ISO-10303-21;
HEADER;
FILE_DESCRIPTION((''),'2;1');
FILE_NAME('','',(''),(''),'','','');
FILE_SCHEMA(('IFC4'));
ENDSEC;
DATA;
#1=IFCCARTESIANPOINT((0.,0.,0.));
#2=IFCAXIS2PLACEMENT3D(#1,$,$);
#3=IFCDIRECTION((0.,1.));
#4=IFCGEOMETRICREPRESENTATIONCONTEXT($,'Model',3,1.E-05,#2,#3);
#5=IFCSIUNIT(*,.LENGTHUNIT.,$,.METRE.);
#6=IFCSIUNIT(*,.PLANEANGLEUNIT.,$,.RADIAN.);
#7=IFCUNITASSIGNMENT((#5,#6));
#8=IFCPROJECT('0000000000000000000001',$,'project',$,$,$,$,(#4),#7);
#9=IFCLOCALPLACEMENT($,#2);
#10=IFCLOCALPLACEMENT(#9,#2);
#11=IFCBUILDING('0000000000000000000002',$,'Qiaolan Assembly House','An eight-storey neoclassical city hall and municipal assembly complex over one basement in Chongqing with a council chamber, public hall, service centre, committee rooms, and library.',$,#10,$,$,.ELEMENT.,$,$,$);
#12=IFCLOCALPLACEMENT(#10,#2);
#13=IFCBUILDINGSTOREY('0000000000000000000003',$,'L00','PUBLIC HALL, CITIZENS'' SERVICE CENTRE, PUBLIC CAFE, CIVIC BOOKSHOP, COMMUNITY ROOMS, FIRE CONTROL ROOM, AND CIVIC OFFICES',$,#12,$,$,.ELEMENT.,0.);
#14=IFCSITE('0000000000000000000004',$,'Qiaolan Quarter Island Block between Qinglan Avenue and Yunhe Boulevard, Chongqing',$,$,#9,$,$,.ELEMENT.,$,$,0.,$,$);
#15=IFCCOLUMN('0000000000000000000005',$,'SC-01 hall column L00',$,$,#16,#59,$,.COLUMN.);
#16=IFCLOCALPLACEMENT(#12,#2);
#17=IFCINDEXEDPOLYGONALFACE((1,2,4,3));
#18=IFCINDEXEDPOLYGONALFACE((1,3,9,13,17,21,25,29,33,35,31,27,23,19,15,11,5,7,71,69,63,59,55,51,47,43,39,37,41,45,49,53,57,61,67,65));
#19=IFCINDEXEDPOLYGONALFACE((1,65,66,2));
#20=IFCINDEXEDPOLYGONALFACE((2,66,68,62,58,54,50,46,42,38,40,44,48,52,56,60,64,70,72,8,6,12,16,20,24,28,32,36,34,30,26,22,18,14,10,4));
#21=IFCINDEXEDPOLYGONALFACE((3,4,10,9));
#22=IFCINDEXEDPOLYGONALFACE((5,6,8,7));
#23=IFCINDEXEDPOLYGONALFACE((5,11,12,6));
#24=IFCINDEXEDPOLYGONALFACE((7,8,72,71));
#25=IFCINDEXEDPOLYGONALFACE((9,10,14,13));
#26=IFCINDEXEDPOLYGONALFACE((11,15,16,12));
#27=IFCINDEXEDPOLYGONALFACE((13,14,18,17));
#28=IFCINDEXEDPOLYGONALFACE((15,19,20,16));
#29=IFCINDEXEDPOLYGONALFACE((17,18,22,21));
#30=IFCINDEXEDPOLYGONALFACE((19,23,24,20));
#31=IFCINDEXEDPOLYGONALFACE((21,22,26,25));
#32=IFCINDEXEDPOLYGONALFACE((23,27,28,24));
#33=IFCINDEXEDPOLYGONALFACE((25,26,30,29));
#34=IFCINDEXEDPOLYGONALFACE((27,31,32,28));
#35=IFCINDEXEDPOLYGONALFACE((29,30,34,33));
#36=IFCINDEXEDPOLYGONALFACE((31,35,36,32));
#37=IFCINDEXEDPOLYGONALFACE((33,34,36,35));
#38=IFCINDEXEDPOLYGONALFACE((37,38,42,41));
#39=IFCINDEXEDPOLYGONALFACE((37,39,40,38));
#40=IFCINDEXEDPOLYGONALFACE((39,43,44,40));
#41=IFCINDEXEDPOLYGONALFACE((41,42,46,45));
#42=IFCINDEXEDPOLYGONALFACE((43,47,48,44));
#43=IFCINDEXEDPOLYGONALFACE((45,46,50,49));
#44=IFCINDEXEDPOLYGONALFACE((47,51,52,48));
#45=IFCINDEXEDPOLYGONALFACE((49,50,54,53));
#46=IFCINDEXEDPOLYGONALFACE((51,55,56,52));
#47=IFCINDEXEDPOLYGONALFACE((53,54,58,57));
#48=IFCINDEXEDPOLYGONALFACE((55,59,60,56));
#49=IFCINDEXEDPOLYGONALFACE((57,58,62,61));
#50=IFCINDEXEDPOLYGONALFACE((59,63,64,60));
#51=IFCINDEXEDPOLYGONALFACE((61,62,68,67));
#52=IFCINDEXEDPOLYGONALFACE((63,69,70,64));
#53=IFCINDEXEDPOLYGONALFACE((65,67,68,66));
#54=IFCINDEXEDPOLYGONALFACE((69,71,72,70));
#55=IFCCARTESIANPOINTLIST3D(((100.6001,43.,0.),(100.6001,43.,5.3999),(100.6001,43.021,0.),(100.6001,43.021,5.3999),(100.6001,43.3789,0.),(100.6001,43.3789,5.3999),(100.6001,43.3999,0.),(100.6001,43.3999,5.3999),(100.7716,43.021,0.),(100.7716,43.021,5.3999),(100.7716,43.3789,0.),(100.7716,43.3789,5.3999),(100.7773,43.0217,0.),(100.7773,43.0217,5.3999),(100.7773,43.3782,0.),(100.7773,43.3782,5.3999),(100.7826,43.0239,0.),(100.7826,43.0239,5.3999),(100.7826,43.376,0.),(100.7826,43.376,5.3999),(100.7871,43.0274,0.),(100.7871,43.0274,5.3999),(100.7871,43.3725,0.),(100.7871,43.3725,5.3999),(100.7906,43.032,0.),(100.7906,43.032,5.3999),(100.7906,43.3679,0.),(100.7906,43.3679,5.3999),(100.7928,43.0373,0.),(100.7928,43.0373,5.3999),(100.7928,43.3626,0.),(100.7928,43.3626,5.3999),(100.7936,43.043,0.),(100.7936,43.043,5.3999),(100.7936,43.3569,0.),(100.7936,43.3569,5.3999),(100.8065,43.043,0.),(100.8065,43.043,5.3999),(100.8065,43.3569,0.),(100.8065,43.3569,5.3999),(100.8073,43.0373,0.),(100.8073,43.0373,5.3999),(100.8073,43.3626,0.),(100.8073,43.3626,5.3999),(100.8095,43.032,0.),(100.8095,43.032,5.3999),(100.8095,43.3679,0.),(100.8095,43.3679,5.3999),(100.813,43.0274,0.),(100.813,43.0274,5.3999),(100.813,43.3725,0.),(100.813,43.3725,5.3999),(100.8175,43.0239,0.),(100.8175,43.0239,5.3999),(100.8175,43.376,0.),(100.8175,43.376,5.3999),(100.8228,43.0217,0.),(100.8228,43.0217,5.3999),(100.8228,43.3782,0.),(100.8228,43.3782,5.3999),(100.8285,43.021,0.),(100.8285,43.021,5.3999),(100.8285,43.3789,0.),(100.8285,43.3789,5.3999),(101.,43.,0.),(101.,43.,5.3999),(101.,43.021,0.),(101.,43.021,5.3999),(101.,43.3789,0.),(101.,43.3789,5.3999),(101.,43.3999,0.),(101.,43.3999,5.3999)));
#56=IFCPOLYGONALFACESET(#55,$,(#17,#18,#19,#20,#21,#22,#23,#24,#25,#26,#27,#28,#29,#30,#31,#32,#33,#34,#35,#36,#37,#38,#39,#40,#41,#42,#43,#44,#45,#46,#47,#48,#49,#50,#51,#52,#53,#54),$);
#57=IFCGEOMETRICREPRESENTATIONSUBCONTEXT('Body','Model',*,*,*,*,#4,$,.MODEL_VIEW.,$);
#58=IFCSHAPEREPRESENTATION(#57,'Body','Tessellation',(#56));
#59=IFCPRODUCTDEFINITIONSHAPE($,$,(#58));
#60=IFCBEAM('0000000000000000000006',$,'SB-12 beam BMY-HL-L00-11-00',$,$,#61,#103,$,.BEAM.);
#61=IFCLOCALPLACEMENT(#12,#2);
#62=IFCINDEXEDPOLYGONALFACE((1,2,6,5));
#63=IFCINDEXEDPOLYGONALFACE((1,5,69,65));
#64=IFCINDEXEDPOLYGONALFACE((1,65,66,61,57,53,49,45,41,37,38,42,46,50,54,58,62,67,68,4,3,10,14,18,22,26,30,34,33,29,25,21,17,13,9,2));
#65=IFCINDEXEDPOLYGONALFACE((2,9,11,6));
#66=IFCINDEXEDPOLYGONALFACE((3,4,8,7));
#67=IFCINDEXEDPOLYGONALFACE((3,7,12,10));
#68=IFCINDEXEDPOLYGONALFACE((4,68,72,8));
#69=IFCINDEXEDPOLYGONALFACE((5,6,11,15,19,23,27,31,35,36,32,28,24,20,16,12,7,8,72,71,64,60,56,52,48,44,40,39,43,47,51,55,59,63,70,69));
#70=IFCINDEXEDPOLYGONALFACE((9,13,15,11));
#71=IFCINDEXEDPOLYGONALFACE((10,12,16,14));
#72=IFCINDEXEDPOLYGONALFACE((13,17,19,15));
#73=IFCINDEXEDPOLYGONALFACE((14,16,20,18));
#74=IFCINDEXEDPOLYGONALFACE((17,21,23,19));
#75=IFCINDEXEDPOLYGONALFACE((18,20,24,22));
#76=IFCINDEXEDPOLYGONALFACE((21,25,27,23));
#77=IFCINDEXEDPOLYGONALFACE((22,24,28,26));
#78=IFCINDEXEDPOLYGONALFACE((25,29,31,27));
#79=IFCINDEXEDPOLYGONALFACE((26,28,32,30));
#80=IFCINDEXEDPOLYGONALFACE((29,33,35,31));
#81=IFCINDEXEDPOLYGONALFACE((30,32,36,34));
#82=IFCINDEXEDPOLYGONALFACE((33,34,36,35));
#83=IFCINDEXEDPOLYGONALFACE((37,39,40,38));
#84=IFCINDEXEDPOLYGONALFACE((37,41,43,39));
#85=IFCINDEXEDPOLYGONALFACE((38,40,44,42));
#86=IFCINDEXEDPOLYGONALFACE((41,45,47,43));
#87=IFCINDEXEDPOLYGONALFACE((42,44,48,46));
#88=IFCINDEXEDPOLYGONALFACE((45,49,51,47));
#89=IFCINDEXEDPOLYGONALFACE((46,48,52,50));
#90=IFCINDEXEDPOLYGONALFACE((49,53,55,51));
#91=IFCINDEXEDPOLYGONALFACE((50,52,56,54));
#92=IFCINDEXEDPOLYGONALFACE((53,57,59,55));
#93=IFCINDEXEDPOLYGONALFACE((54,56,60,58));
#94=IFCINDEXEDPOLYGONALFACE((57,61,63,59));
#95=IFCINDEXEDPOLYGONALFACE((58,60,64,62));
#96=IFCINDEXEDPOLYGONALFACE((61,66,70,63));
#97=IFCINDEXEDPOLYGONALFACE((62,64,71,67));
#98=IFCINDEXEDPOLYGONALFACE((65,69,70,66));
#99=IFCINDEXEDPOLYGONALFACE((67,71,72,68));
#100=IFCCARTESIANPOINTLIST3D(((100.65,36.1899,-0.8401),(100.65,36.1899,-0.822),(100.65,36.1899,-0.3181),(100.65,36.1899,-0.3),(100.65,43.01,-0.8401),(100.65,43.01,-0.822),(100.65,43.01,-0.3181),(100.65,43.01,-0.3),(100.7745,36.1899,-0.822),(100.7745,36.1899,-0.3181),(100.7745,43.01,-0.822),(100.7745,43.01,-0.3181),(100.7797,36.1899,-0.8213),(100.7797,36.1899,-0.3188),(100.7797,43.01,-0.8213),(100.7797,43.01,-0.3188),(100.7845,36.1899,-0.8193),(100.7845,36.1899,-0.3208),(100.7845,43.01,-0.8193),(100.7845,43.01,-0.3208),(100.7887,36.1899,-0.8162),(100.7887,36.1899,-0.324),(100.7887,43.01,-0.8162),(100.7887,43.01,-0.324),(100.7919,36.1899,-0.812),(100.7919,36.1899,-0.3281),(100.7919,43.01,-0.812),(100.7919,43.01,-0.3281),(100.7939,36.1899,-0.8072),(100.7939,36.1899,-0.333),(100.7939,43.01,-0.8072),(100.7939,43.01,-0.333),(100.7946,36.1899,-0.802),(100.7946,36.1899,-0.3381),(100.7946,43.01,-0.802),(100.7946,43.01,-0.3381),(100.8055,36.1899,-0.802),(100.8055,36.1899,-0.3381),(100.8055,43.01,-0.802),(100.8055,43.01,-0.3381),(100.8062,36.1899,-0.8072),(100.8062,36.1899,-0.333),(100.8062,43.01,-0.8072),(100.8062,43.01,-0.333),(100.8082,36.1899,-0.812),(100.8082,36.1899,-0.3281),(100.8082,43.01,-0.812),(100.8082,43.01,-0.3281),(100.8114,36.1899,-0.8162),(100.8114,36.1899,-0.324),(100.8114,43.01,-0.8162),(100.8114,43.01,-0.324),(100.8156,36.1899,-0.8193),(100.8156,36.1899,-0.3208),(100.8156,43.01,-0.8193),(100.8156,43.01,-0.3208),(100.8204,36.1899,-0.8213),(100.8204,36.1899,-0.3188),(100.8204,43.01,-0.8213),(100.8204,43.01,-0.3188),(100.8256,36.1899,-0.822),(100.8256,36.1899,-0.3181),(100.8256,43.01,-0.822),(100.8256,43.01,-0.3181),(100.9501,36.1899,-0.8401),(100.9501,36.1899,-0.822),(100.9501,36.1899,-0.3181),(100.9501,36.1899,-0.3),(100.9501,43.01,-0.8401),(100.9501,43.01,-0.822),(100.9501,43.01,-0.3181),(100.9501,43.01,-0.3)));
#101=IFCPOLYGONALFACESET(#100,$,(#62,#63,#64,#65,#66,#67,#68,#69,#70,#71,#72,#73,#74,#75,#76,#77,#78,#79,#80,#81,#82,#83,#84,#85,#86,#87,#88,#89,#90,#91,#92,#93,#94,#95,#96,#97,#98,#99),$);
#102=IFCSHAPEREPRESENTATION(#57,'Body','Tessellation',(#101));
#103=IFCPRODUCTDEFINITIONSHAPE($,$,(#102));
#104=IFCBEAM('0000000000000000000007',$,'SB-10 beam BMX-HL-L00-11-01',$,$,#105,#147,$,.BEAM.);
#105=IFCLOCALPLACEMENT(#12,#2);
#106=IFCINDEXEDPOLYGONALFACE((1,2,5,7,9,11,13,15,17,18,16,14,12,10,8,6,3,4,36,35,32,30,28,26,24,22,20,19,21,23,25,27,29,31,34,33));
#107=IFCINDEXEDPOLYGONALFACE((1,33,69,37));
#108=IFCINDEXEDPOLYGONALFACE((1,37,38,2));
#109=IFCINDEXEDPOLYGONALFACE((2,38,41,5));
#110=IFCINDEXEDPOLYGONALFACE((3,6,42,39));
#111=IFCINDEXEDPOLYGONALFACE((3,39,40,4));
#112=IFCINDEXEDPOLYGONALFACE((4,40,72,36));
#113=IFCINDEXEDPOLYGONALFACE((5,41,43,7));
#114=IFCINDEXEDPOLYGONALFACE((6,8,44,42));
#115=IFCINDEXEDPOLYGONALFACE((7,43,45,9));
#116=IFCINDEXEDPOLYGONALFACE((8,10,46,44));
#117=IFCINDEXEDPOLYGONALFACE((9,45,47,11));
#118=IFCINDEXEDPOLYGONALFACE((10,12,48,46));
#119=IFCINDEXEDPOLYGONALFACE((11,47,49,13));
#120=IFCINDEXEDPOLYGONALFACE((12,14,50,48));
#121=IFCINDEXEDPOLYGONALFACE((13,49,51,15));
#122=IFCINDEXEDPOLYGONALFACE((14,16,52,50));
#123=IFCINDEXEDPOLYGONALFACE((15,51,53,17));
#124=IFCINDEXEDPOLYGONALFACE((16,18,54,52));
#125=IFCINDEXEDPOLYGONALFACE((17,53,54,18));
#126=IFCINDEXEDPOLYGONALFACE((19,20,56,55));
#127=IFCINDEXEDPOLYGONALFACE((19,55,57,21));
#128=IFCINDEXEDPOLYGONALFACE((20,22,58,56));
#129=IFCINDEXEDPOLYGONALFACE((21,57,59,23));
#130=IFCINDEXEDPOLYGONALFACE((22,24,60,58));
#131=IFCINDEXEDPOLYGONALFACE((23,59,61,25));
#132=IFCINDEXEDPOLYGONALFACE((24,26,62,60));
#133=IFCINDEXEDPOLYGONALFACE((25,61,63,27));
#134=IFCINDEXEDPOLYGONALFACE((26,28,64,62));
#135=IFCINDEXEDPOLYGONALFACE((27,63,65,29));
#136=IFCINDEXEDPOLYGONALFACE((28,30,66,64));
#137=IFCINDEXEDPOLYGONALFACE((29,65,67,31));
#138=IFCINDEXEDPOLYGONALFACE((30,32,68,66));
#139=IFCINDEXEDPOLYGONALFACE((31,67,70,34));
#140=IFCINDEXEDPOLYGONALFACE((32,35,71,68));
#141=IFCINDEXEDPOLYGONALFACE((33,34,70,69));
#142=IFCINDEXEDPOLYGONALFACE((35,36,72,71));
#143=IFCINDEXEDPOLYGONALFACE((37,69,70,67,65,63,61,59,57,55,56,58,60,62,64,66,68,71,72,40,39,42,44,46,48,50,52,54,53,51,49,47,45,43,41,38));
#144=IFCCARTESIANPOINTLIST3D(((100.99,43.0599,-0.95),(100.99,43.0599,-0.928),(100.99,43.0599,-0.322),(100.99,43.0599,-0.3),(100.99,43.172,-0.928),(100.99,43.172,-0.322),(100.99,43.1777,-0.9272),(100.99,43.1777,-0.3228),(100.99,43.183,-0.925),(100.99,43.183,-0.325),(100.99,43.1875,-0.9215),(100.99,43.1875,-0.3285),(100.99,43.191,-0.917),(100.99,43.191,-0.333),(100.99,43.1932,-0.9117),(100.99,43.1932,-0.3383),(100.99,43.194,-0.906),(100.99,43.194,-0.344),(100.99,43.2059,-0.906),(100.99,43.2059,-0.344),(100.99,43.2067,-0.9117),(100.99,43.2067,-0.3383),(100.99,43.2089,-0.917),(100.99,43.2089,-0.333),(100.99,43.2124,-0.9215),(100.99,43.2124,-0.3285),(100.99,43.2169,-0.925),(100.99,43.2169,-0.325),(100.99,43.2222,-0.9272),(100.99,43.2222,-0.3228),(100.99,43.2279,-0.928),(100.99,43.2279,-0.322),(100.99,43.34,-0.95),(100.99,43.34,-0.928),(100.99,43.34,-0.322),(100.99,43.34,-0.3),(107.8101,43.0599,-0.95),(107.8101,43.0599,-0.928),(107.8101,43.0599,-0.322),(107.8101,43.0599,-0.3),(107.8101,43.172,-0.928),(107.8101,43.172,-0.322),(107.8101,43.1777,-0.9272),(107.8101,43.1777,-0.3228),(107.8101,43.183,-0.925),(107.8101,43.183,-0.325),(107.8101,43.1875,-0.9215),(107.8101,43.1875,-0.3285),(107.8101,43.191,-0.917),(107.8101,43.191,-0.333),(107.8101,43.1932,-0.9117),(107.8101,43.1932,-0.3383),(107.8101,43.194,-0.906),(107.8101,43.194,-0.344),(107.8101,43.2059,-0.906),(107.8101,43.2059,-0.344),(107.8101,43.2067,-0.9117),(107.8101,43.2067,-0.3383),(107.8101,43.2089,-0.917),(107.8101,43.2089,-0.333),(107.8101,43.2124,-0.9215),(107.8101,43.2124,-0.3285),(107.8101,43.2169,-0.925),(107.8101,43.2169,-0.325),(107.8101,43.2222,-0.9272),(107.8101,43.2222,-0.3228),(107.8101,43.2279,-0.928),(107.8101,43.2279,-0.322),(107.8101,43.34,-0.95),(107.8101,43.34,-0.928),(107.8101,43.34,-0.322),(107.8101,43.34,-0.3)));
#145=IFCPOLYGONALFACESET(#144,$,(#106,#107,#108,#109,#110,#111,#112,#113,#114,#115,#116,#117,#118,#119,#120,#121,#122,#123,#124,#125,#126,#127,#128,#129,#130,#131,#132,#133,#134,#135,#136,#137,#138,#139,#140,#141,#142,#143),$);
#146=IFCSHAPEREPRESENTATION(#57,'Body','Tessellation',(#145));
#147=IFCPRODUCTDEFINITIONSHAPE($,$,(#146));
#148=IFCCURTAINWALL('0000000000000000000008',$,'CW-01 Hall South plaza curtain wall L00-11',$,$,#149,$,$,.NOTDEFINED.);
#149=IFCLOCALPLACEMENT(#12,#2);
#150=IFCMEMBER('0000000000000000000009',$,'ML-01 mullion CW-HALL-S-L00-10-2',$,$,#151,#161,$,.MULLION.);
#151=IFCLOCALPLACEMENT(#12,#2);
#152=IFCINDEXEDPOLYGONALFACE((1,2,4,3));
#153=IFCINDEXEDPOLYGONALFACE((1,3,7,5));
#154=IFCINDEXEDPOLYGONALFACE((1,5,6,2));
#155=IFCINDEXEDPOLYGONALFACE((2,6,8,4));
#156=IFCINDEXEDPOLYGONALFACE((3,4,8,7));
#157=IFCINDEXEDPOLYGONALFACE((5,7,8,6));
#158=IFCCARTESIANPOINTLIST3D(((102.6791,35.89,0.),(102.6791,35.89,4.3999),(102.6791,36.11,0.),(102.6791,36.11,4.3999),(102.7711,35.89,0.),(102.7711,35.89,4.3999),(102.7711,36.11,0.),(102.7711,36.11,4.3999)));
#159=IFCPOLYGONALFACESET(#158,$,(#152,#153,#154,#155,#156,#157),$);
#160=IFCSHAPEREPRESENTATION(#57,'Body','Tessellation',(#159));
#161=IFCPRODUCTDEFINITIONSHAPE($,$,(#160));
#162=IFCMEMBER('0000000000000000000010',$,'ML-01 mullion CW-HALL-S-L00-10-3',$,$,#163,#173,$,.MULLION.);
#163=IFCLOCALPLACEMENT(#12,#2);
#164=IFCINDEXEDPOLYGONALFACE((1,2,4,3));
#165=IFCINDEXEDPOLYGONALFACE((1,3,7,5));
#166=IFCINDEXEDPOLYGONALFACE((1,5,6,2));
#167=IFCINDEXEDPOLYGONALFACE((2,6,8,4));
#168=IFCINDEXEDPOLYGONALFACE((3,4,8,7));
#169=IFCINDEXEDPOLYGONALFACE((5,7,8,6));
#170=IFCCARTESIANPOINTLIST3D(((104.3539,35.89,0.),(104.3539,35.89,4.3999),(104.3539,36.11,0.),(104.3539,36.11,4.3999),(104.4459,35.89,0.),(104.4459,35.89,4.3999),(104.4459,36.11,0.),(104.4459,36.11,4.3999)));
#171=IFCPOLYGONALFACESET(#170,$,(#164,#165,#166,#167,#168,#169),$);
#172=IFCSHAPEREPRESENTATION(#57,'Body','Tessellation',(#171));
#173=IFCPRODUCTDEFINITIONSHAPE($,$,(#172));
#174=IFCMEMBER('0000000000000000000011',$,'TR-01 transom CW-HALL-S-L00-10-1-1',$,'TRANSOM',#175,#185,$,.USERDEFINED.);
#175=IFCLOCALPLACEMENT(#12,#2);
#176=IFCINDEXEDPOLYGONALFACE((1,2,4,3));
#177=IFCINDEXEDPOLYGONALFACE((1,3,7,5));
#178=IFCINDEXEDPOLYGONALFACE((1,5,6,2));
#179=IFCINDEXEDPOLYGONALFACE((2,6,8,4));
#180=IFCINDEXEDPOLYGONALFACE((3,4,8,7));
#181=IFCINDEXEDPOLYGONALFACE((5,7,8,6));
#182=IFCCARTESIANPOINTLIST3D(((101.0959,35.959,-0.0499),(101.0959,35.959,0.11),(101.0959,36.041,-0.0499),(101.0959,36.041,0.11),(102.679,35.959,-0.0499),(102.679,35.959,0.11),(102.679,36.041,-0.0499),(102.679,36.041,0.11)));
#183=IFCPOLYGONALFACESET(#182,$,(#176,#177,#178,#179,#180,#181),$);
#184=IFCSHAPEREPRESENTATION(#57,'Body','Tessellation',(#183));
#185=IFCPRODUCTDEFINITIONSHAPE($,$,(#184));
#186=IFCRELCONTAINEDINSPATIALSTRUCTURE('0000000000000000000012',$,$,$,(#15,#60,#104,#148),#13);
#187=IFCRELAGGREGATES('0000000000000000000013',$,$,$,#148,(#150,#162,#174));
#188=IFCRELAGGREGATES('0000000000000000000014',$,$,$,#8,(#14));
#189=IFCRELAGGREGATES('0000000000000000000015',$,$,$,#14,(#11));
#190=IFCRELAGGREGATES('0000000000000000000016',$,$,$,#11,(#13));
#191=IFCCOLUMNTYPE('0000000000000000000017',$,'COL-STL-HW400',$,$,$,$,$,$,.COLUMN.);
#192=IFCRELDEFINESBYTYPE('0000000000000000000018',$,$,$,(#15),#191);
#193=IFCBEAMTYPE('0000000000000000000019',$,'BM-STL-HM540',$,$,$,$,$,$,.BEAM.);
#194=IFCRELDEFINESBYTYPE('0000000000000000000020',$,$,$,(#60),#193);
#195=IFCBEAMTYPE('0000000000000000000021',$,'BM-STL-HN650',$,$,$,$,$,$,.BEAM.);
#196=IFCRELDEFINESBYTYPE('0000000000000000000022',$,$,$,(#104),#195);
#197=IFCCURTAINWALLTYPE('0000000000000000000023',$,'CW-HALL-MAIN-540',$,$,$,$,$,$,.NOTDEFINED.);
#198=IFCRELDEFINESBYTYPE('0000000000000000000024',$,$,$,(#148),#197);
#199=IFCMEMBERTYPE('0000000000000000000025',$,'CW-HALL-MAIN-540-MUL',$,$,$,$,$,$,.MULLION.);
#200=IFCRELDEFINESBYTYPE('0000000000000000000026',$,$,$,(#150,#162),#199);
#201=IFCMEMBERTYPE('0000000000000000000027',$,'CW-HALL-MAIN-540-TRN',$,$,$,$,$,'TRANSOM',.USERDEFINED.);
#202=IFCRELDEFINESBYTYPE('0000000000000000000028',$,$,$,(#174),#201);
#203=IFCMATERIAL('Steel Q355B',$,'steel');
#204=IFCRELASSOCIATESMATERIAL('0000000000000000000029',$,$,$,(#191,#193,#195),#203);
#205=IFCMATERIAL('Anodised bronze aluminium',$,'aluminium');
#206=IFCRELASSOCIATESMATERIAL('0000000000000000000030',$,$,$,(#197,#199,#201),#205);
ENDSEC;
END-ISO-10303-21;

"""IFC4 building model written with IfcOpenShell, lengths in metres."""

from ifc_helpers import new_model, si_unit, direction, frame, origin, origin_2d, place, context, subcontext, project, spatial, rectangle, i_section, extrude, material, material_profile, profile_set, type_object, element, aggregate, save


model = new_model("IFC4")

# Units and contexts
model_context = context("Model", 3, precision=1e-05, world=origin(), true_north=direction((0.0, 1.0)))
body_context = subcontext(model_context, "Body", "Model", "MODEL_VIEW")
ifc_project = project(units=[si_unit("LENGTHUNIT", "METRE"), si_unit("PLANEANGLEUNIT", "RADIAN")], contexts=[model_context])

# Site, building, storey
site_placement = place(None, origin())
site = spatial("IfcSite", under=ifc_project, at=site_placement, Name="Qiaolan Quarter Island Block between Qinglan Avenue and Yunhe Boulevard, Chongqing", CompositionType="ELEMENT", RefElevation=0.0)
building_placement = place(site_placement, origin())
building = spatial("IfcBuilding", under=site, at=building_placement, Name="Qiaolan Assembly House", Description="An eight-storey neoclassical city hall and municipal assembly complex over one basement in Chongqing with a council chamber, public hall, service centre, committee rooms, and library.", CompositionType="ELEMENT")
storey_placement = place(building_placement, origin())
storey = spatial("IfcBuildingStorey", under=building, at=storey_placement, Name="L00", Description="PUBLIC HALL, CITIZENS' SERVICE CENTRE, PUBLIC CAFE, CIVIC BOOKSHOP, COMMUNITY ROOMS, FIRE CONTROL ROOM, AND CIVIC OFFICES", CompositionType="ELEMENT", Elevation=0.0)

# Column
ifc_material_1 = material(Name="Steel Q355B", Category="steel")
ifc_material_profile_1 = material_profile(ifc_material_1, i_section(OverallWidth=0.3999, OverallDepth=0.3999, WebThickness=0.0129, FlangeThickness=0.021, FilletRadius=0.022, at=origin_2d()), Name="HW 400x400x13x21")
ifc_profile_set_1 = profile_set([ifc_material_profile_1], Name="Steel Q355B")
column_type = type_object("IfcColumnType", Name="COL-STL-HW400", PredefinedType="COLUMN", material=ifc_profile_set_1)
column_placement = place(storey_placement, frame((100.8, 43.2, 0.0), z_axis=(0.0, 0.0, 1.0), x_axis=(1.0, 0.0, 0.0)))
element("IfcColumn", 1, at=column_placement, inside=storey, type_object=column_type, Name="SC-01 hall column L00", PredefinedType="COLUMN", context=body_context, shape_type="SweptSolid", body=[
    extrude(i_section(OverallWidth=0.3999, OverallDepth=0.3999, WebThickness=0.0129, FlangeThickness=0.021, FilletRadius=0.022, at=origin_2d()), origin(), (0.0, 0.0, 1.0), 5.3999),
])

# Beams
ifc_material_profile_2 = material_profile(ifc_material_1, i_section(OverallWidth=0.3, OverallDepth=0.54, WebThickness=0.011, FlangeThickness=0.0181, FilletRadius=0.02, at=origin_2d()), Name="HM 540x300x11x18")
ifc_profile_set_2 = profile_set([ifc_material_profile_2], Name="Steel Q355B")
beam_type_1 = type_object("IfcBeamType", Name="BM-STL-HM540", PredefinedType="BEAM", material=ifc_profile_set_2)
beam_1_placement = place(storey_placement, frame((100.8, 36.1899, -0.5701), z_axis=(0.0, 1.0, 0.0), x_axis=(-1.0, 0.0, 0.0)))
element("IfcBeam", 2, at=beam_1_placement, inside=storey, type_object=beam_type_1, Name="SB-12 beam BMY-HL-L00-11-00", PredefinedType="BEAM", context=body_context, shape_type="SweptSolid", body=[
    extrude(i_section(OverallWidth=0.3, OverallDepth=0.54, WebThickness=0.011, FlangeThickness=0.0181, FilletRadius=0.02, at=origin_2d()), origin(), (0.0, 0.0, 1.0), 6.8201),
])
ifc_material_profile_3 = material_profile(ifc_material_1, i_section(OverallWidth=0.28, OverallDepth=0.6499, WebThickness=0.012, FlangeThickness=0.022, FilletRadius=0.022, at=origin_2d()), Name="HN 650x280x12x22")
ifc_profile_set_3 = profile_set([ifc_material_profile_3], Name="Steel Q355B")
beam_type_2 = type_object("IfcBeamType", Name="BM-STL-HN650", PredefinedType="BEAM", material=ifc_profile_set_3)
beam_2_placement = place(storey_placement, frame((100.99, 43.2, -0.625), z_axis=(1.0, 0.0, 0.0), x_axis=(0.0, 1.0, 0.0)))
element("IfcBeam", 3, at=beam_2_placement, inside=storey, type_object=beam_type_2, Name="SB-10 beam BMX-HL-L00-11-01", PredefinedType="BEAM", context=body_context, shape_type="SweptSolid", body=[
    extrude(i_section(OverallWidth=0.28, OverallDepth=0.6499, WebThickness=0.012, FlangeThickness=0.022, FilletRadius=0.022, at=origin_2d()), origin(), (0.0, 0.0, 1.0), 6.8201),
])

# Curtain wall, members
ifc_material_2 = material(Name="Anodised bronze aluminium", Category="aluminium")
curtain_wall_type = type_object("IfcCurtainWallType", Name="CW-HALL-MAIN-540", PredefinedType="NOTDEFINED", material=ifc_material_2)
curtain_wall_placement = place(storey_placement, origin())
curtain_wall = element("IfcCurtainWall", 4, at=curtain_wall_placement, inside=storey, type_object=curtain_wall_type, Name="CW-01 Hall South plaza curtain wall L00-11", PredefinedType="NOTDEFINED")
ifc_material_profile_4 = material_profile(ifc_material_2, rectangle(XDim=0.092, YDim=0.22, at=origin_2d()), Name="MUL 92x220")
ifc_profile_set_4 = profile_set([ifc_material_profile_4], Name="Anodised bronze aluminium")
member_type_1 = type_object("IfcMemberType", Name="CW-HALL-MAIN-540-MUL", PredefinedType="MULLION", material=ifc_profile_set_4)
member_1_placement = place(storey_placement, frame((102.7251, 36.0, 0.0), z_axis=(0.0, 0.0, 1.0), x_axis=(1.0, 0.0, 0.0)))
member_1 = element("IfcMember", 5, at=member_1_placement, type_object=member_type_1, Name="ML-01 mullion CW-HALL-S-L00-10-2", PredefinedType="MULLION", context=body_context, shape_type="SweptSolid", body=[
    extrude(rectangle(XDim=0.092, YDim=0.22, at=origin_2d()), origin(), (0.0, 0.0, 1.0), 4.3999),
])
member_2_placement = place(storey_placement, frame((104.3999, 36.0, 0.0), z_axis=(0.0, 0.0, 1.0), x_axis=(1.0, 0.0, 0.0)))
member_2 = element("IfcMember", 6, at=member_2_placement, type_object=member_type_1, Name="ML-01 mullion CW-HALL-S-L00-10-3", PredefinedType="MULLION", context=body_context, shape_type="SweptSolid", body=[
    extrude(rectangle(XDim=0.092, YDim=0.22, at=origin_2d()), origin(), (0.0, 0.0, 1.0), 4.3999),
])
ifc_material_profile_5 = material_profile(ifc_material_2, rectangle(XDim=0.082, YDim=0.1599, at=origin_2d()), Name="TRN 82x160")
ifc_profile_set_5 = profile_set([ifc_material_profile_5], Name="Anodised bronze aluminium")
member_type_2 = type_object("IfcMemberType", Name="CW-HALL-MAIN-540-TRN", ElementType="TRANSOM", PredefinedType="USERDEFINED", material=ifc_profile_set_5)
member_3_placement = place(storey_placement, frame((101.0959, 36.0, 0.03), z_axis=(1.0, 0.0, 0.0), x_axis=(0.0, 1.0, 0.0)))
member_3 = element("IfcMember", 7, at=member_3_placement, type_object=member_type_2, Name="TR-01 transom CW-HALL-S-L00-10-1-1", ObjectType="TRANSOM", PredefinedType="USERDEFINED", context=body_context, shape_type="SweptSolid", body=[
    extrude(rectangle(XDim=0.082, YDim=0.1599, at=origin_2d()), origin(), (0.0, 0.0, 1.0), 1.583),
])

aggregate(curtain_wall, [member_1, member_2, member_3])

save(model, "model.ifc")
